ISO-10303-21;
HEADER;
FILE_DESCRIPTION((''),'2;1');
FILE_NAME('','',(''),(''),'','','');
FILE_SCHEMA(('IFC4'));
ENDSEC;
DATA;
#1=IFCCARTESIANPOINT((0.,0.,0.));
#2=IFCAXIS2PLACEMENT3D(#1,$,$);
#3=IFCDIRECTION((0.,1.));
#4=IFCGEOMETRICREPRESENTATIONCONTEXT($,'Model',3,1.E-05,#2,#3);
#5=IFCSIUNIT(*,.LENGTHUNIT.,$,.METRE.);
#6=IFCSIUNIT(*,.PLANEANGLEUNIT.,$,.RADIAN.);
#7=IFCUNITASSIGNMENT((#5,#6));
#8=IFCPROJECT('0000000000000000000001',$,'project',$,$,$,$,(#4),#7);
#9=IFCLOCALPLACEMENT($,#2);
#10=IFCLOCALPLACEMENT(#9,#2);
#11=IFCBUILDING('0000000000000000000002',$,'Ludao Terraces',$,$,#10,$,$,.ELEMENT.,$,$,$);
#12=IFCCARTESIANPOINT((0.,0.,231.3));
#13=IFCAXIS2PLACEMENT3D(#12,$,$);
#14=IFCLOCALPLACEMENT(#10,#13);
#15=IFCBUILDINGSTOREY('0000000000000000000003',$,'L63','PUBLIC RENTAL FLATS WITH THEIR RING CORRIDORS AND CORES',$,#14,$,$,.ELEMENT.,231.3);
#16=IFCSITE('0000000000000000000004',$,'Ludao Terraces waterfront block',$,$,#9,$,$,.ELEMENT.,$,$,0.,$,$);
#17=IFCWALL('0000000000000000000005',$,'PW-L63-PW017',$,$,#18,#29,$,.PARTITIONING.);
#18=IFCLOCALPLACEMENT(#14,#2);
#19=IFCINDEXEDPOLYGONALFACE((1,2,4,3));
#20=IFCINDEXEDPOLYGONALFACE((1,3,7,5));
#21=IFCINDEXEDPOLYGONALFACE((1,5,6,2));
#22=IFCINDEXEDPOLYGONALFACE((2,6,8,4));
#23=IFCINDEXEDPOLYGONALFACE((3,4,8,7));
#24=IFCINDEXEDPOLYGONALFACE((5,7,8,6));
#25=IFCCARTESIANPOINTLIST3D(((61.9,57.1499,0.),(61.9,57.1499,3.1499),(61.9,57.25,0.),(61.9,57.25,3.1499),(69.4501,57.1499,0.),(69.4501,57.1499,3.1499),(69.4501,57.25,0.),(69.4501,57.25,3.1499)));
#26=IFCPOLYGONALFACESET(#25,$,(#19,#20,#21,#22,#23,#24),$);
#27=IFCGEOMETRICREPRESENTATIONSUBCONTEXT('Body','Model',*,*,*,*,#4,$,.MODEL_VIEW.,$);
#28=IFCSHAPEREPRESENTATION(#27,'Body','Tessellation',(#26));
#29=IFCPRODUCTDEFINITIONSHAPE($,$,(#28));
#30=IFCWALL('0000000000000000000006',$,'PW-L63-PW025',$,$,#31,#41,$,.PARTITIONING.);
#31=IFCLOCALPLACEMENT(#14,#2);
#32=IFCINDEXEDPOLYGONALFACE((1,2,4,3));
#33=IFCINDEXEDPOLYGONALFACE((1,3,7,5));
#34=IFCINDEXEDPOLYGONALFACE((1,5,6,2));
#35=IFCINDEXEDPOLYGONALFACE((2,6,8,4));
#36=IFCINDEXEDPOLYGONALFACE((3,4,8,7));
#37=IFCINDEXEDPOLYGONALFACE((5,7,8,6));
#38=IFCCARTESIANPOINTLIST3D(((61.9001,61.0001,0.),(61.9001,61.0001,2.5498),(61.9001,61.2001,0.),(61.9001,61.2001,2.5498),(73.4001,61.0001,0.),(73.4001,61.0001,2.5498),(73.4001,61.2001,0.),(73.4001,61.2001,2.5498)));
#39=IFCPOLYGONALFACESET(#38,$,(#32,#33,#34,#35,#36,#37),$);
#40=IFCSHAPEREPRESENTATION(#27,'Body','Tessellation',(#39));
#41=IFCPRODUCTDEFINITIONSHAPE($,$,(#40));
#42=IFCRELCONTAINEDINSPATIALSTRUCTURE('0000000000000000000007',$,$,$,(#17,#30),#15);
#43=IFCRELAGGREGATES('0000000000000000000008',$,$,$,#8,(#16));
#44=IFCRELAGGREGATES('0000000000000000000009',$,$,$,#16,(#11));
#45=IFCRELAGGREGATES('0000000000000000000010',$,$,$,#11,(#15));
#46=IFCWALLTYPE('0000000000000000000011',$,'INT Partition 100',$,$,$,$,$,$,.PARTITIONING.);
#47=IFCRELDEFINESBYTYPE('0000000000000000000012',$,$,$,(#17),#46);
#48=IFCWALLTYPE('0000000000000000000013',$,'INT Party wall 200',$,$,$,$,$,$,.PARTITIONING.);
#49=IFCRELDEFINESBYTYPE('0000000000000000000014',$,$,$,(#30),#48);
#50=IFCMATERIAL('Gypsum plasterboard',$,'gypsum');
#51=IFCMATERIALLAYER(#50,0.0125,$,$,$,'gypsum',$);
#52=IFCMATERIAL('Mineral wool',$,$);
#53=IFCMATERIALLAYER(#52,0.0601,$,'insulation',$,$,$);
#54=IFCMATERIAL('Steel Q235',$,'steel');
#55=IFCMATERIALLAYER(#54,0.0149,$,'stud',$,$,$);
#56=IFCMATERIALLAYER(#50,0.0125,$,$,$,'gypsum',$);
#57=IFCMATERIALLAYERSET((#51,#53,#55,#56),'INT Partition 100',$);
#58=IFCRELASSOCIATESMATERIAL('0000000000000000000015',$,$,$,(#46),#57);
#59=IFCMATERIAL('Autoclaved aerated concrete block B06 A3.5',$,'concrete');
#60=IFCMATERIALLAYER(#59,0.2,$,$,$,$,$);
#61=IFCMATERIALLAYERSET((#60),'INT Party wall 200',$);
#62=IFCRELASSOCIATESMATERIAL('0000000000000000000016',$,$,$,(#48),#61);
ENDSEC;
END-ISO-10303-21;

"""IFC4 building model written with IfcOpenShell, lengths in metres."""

from ifc_helpers import new_model, si_unit, direction, frame, frame_2d, origin, place, context, subcontext, project, spatial, rectangle, extrude, material, layer, layer_set, type_object, element, save


model = new_model("IFC4")

# Units and contexts
model_context = context("Model", 3, precision=1e-05, world=origin(), true_north=direction((0.0, 1.0)))
body_context = subcontext(model_context, "Body", "Model", "MODEL_VIEW")
ifc_project = project(units=[si_unit("LENGTHUNIT", "METRE"), si_unit("PLANEANGLEUNIT", "RADIAN")], contexts=[model_context])

# Site, building, storey
site_placement = place(None, origin())
site = spatial("IfcSite", under=ifc_project, at=site_placement, Name="Ludao Terraces waterfront block", CompositionType="ELEMENT", RefElevation=0.0)
building_placement = place(site_placement, origin())
building = spatial("IfcBuilding", under=site, at=building_placement, Name="Ludao Terraces", CompositionType="ELEMENT")
storey_placement = place(building_placement, frame((0.0, 0.0, 231.3)))
storey = spatial("IfcBuildingStorey", under=building, at=storey_placement, Name="L63", Description="PUBLIC RENTAL FLATS WITH THEIR RING CORRIDORS AND CORES", CompositionType="ELEMENT", Elevation=231.3)

# Shared definitions
ifc_material_1 = material(Name="Mineral wool")

# Shared definitions
ifc_material_2 = material(Name="Gypsum plasterboard", Category="gypsum")
ifc_layer_1 = layer(ifc_material_2, 0.0125, Category="gypsum")
ifc_layer_2 = layer(ifc_material_1, 0.0601, Name="insulation")
ifc_material_3 = material(Name="Steel Q235", Category="steel")
ifc_layer_3 = layer(ifc_material_3, 0.0149, Name="stud")
ifc_layer_4 = layer(ifc_material_2, 0.0125, Category="gypsum")
ifc_layer_set_1 = layer_set([ifc_layer_1, ifc_layer_2, ifc_layer_3, ifc_layer_4], Name="INT Partition 100")
wall_type_1 = type_object("IfcWallType", Name="INT Partition 100", PredefinedType="PARTITIONING", material=ifc_layer_set_1)

# Walls
for number, where, z_axis, x_axis, name in (
    (1, (61.9001, 57.2, 0.0), (0.0, 0.0, 1.0), (1.0, 0.0, 0.0), "PW-L63-PW017"),
):
    element("IfcWall", number, at=place(storey_placement, frame(where, z_axis=z_axis, x_axis=x_axis)), inside=storey, type_object=wall_type_1, Name=name, PredefinedType="PARTITIONING", context=body_context, shape_type="SweptSolid", body=[
        extrude(rectangle(XDim=7.55, YDim=0.1001, at=frame_2d((3.7749, 0.0))), origin(), (0.0, 0.0, 1.0), 3.1499),
    ])
ifc_material_4 = material(Name="Autoclaved aerated concrete block B06 A3.5", Category="concrete")
ifc_layer_5 = layer(ifc_material_4, 0.2)
ifc_layer_set_2 = layer_set([ifc_layer_5], Name="INT Party wall 200")
wall_type_2 = type_object("IfcWallType", Name="INT Party wall 200", PredefinedType="PARTITIONING", material=ifc_layer_set_2)
wall_1_placement = place(storey_placement, frame((61.9001, 61.1001, 0.0), z_axis=(0.0, 0.0, 1.0), x_axis=(1.0, 0.0, 0.0)))
element("IfcWall", 2, at=wall_1_placement, inside=storey, type_object=wall_type_2, Name="PW-L63-PW025", PredefinedType="PARTITIONING", context=body_context, shape_type="SweptSolid", body=[
    extrude(rectangle(XDim=11.5, YDim=0.2, at=frame_2d((5.75, 0.0))), origin(), (0.0, 0.0, 1.0), 2.5498),
])

save(model, "model.ifc")
